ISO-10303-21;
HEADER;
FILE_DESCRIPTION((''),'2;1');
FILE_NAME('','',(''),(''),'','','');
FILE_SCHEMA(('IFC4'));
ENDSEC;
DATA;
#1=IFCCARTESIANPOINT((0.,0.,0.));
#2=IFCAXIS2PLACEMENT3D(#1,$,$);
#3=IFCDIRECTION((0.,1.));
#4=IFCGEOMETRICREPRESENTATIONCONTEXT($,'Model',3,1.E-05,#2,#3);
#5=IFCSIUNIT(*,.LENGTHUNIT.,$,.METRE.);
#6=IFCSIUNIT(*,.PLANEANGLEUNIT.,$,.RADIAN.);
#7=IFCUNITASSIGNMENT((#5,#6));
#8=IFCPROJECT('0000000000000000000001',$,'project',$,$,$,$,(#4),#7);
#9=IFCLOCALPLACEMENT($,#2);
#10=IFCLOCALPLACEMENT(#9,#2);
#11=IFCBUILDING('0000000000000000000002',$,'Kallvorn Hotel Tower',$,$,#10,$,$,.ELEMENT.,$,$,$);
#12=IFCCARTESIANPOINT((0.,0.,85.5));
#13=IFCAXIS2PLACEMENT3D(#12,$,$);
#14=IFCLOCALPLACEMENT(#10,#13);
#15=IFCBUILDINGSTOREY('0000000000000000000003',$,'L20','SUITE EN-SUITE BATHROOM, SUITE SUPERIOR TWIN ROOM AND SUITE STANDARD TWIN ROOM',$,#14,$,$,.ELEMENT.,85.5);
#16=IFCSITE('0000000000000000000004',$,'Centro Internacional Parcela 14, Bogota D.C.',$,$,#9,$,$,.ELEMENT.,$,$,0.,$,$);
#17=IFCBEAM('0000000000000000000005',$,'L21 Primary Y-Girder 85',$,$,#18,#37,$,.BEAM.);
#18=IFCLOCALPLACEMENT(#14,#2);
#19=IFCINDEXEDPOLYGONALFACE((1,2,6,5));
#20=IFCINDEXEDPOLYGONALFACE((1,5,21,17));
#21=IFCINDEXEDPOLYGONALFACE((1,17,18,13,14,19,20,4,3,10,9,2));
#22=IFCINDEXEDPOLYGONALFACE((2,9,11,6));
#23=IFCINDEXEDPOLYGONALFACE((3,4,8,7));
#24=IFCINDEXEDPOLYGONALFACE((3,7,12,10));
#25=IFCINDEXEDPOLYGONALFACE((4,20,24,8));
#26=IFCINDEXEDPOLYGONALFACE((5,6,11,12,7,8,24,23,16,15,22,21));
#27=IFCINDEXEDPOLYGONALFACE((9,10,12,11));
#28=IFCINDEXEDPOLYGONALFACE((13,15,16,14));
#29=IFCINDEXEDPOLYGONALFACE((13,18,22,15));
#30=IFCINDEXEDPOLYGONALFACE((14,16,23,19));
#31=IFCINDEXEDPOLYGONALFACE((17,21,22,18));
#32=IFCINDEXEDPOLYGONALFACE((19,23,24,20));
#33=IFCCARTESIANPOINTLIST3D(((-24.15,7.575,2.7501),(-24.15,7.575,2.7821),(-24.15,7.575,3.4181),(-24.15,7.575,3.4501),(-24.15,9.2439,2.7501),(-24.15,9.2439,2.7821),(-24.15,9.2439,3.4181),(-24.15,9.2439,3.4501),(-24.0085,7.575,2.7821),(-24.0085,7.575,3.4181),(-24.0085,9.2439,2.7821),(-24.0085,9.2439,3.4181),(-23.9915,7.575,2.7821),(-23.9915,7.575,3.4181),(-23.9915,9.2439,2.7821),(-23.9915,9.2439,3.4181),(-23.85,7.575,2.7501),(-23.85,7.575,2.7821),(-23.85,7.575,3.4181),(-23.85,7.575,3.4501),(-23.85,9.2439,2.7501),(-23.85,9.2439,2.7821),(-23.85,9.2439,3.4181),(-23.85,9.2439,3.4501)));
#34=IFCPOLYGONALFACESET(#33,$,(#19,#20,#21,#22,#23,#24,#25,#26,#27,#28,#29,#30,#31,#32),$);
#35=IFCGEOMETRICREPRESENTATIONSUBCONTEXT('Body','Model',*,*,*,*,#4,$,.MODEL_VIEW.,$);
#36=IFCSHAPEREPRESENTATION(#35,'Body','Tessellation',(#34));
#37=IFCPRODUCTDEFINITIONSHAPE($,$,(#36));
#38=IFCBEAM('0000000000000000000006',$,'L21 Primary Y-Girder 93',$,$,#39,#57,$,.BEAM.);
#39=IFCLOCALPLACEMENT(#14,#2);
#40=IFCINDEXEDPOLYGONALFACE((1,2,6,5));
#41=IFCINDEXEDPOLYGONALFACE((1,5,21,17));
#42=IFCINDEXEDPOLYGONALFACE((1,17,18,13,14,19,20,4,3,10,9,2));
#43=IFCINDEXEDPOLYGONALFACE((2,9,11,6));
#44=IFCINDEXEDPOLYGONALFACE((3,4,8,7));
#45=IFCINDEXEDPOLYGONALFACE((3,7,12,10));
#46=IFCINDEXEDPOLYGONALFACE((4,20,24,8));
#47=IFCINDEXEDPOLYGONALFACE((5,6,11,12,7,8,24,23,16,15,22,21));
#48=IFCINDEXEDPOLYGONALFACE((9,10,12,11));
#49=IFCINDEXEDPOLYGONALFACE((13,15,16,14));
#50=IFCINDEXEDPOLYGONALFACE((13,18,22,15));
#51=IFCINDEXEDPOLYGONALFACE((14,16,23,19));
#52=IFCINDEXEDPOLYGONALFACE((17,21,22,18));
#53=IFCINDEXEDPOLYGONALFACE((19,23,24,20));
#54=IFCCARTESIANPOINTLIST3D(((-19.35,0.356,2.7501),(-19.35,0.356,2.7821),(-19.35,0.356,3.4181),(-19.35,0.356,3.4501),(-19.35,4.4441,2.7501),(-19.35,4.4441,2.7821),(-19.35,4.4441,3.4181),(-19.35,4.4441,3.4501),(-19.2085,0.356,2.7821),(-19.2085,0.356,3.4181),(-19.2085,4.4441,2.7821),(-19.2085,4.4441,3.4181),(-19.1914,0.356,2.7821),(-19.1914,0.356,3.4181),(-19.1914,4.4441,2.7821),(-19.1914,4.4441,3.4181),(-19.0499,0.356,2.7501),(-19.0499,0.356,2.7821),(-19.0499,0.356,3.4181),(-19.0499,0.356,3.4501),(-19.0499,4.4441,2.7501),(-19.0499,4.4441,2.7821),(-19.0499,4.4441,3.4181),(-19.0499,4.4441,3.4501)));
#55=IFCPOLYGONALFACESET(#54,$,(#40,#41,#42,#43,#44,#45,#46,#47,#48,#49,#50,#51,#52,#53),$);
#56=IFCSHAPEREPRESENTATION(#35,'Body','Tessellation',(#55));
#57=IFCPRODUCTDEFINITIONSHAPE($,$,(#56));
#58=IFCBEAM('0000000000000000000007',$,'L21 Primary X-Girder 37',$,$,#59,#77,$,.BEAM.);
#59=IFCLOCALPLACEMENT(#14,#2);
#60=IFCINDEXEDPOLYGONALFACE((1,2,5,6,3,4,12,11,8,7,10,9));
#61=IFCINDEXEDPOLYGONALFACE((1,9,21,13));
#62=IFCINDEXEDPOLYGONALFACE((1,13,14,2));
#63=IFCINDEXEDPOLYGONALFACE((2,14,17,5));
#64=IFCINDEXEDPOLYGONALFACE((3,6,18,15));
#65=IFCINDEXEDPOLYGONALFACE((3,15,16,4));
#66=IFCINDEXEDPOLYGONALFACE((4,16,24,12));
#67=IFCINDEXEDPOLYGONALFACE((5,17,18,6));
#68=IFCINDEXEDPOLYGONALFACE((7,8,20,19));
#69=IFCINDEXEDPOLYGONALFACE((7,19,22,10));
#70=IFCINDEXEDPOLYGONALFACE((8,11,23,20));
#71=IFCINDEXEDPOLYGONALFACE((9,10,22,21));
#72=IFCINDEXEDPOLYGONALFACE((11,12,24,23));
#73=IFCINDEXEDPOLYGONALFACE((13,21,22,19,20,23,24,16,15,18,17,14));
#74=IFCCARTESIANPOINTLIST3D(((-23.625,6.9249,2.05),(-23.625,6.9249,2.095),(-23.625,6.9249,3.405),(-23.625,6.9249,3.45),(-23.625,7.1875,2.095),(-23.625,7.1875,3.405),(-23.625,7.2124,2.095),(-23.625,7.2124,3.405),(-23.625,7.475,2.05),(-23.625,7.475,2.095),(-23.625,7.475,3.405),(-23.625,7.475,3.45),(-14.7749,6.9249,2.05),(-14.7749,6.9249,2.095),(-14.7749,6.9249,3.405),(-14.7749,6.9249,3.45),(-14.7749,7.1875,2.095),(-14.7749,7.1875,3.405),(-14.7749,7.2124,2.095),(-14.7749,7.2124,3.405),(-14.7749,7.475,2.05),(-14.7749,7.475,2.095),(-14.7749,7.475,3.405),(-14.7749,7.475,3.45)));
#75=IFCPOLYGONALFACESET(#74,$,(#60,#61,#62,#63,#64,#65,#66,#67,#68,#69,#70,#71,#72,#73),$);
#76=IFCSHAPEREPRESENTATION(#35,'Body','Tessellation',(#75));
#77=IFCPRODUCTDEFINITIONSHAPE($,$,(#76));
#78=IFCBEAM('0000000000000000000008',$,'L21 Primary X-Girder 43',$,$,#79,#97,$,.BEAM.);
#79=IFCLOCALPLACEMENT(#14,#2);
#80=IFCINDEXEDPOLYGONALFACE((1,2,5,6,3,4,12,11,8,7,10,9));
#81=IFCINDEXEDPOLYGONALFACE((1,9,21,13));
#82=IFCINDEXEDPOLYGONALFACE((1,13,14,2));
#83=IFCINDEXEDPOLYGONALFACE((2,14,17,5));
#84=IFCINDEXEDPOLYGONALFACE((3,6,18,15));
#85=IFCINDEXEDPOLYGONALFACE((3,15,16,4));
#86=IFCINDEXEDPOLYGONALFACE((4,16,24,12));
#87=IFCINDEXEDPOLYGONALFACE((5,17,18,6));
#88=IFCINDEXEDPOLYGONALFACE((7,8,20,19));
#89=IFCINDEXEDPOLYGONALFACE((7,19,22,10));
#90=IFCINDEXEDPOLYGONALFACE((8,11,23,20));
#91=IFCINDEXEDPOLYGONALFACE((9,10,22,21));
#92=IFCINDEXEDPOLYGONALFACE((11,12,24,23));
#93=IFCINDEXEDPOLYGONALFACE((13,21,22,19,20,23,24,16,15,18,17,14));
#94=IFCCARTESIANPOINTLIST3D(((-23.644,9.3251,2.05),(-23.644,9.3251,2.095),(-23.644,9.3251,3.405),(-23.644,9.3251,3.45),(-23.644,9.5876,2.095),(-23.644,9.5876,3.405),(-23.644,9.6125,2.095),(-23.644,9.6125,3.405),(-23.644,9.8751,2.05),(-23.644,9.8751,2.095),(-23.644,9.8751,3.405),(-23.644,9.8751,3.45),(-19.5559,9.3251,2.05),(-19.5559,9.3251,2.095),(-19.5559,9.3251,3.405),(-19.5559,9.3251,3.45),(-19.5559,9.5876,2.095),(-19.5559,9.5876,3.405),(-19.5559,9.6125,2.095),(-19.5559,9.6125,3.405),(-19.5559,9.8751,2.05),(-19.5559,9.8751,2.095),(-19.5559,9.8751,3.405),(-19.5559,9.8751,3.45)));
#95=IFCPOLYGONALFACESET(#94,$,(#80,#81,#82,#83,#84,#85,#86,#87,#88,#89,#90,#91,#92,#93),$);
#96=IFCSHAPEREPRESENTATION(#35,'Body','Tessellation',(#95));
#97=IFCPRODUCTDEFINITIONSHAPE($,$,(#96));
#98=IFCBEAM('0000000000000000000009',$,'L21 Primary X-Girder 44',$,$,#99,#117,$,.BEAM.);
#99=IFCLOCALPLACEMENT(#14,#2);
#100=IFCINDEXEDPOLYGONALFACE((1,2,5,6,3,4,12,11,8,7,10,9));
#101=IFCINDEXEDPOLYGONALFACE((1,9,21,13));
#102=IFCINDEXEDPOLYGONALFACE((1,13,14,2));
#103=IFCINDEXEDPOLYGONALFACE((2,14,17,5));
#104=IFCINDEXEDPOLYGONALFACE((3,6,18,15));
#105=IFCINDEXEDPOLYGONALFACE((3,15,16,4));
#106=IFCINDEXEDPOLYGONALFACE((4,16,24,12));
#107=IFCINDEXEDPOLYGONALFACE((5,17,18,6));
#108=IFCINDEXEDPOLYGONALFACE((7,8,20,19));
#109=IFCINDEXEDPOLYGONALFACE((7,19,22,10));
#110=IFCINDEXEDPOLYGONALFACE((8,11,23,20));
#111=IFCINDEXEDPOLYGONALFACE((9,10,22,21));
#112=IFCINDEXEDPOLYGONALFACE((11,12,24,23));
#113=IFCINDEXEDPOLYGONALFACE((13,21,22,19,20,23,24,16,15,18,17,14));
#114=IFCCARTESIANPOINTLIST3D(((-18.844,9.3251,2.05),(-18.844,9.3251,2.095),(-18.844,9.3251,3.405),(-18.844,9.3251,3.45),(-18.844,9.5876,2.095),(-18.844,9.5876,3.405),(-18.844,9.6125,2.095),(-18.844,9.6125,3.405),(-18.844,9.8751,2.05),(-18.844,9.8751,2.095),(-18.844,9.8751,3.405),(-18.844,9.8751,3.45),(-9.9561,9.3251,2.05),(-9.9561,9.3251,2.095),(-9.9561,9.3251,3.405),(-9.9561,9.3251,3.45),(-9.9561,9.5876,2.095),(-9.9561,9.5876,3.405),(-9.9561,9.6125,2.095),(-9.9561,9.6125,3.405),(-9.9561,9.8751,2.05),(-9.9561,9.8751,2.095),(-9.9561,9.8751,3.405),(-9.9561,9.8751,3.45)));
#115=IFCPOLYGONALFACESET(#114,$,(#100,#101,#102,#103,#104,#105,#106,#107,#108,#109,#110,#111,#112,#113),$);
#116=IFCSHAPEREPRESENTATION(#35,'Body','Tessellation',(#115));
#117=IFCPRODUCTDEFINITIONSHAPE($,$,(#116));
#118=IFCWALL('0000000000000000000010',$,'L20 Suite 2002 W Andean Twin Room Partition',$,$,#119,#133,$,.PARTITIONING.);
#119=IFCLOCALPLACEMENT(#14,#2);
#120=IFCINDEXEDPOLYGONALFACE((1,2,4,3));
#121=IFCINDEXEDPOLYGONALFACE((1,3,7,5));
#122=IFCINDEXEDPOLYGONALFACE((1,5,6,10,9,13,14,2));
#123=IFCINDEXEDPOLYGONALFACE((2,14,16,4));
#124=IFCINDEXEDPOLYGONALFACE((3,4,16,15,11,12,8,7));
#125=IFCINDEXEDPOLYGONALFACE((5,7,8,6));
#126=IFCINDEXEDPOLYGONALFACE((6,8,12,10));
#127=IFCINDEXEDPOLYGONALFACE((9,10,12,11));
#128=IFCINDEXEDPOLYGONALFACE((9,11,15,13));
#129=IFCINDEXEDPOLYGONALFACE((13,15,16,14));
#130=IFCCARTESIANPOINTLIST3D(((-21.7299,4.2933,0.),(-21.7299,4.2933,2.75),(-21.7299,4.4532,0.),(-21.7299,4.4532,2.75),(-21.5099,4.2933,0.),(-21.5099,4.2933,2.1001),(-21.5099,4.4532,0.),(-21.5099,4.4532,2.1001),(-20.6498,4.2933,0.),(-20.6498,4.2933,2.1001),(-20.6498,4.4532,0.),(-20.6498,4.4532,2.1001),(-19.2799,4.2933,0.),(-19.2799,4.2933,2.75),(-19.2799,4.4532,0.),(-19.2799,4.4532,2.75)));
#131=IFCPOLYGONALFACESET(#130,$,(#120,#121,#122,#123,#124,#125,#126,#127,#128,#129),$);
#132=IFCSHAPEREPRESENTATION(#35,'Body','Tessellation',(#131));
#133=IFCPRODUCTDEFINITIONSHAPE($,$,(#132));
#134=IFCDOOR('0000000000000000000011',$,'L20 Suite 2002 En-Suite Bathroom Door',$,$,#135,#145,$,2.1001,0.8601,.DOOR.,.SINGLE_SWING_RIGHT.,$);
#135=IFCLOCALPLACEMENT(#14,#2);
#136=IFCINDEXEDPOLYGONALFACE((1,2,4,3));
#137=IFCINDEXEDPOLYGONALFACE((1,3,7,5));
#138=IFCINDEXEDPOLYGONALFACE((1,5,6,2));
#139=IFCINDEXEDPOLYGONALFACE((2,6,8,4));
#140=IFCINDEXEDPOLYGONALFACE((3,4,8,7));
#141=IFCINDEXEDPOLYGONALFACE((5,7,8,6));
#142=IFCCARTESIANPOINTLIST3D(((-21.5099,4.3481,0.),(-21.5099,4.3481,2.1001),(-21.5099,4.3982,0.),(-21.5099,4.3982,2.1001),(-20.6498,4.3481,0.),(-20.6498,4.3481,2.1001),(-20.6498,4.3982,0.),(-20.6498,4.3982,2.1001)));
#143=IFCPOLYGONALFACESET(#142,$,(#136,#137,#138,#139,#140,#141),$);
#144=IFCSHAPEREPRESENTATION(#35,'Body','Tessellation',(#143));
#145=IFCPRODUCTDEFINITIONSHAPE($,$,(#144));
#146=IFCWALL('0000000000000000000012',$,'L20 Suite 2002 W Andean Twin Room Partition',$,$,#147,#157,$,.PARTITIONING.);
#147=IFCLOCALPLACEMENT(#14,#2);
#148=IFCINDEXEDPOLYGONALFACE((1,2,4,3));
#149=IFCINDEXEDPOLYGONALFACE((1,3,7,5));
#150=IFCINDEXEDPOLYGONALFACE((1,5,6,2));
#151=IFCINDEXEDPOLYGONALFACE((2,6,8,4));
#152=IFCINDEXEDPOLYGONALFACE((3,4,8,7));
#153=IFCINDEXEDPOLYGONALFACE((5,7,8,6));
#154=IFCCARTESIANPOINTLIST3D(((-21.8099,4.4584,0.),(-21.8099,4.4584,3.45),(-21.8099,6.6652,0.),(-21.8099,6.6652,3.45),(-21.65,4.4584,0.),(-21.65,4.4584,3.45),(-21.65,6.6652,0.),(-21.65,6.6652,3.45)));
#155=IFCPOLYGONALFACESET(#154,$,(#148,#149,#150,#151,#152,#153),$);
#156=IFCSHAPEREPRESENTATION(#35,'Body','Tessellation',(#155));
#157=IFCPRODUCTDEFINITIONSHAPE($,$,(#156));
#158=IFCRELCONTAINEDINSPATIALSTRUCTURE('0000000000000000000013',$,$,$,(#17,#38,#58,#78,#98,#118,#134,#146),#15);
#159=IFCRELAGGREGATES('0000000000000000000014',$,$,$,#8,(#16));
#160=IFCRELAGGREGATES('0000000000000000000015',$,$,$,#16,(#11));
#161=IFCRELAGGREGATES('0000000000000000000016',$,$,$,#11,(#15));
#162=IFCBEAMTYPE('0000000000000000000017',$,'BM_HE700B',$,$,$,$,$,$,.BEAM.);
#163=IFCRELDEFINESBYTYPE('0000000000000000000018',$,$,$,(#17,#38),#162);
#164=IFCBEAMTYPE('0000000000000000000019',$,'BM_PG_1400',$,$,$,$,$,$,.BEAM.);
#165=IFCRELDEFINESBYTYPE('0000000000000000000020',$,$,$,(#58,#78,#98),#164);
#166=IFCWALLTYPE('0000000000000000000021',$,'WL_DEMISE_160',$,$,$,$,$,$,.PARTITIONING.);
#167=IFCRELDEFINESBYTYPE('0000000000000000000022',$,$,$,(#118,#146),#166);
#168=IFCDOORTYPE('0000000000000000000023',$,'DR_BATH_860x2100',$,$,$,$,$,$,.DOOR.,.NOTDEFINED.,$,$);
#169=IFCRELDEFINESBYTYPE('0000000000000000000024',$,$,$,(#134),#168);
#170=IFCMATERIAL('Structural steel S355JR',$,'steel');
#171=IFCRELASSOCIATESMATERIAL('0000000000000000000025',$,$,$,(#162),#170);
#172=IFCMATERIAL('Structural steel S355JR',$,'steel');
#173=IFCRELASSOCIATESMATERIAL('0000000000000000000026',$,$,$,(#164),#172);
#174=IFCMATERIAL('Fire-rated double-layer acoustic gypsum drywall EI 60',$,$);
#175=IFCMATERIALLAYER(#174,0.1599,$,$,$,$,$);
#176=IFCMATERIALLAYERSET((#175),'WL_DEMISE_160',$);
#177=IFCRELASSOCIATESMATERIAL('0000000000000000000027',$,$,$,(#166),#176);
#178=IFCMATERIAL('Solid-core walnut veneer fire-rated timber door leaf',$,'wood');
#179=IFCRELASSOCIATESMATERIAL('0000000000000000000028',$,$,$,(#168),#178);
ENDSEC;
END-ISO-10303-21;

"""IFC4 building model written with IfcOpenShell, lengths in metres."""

from ifc_helpers import new_model, si_unit, direction, frame, frame_2d, origin, origin_2d, place, context, subcontext, project, spatial, rectangle, i_section, extrude, material, layer, layer_set, material_profile, profile_set, type_object, element, fill, save


model = new_model("IFC4")

# Units and contexts
model_context = context("Model", 3, precision=1e-05, world=origin(), true_north=direction((0.0, 1.0)))
body_context = subcontext(model_context, "Body", "Model", "MODEL_VIEW")
ifc_project = project(units=[si_unit("LENGTHUNIT", "METRE"), si_unit("PLANEANGLEUNIT", "RADIAN")], contexts=[model_context])

# Site, building, storey
site_placement = place(None, origin())
site = spatial("IfcSite", under=ifc_project, at=site_placement, Name="Centro Internacional Parcela 14, Bogota D.C.", CompositionType="ELEMENT", RefElevation=0.0)
building_placement = place(site_placement, origin())
building = spatial("IfcBuilding", under=site, at=building_placement, Name="Kallvorn Hotel Tower", CompositionType="ELEMENT")
storey_placement = place(building_placement, frame((0.0, 0.0, 85.5)))
storey = spatial("IfcBuildingStorey", under=building, at=storey_placement, Name="L20", Description="SUITE EN-SUITE BATHROOM, SUITE SUPERIOR TWIN ROOM AND SUITE STANDARD TWIN ROOM", CompositionType="ELEMENT", Elevation=85.5)

# Beams
ifc_material_1 = material(Name="Structural steel S355JR", Category="steel")
ifc_material_profile_1 = material_profile(ifc_material_1, i_section(OverallWidth=0.3, OverallDepth=0.7, WebThickness=0.0171, FlangeThickness=0.032, at=origin_2d()), Name="HE 700 B")
ifc_profile_set_1 = profile_set([ifc_material_profile_1], Name="Structural steel S355JR")
beam_type_1 = type_object("IfcBeamType", Name="BM_HE700B", PredefinedType="BEAM", material=ifc_profile_set_1)
beam_1_placement = place(storey_placement, frame((-24.0, 7.575, 3.1001), z_axis=(0.0, 1.0, 0.0), x_axis=(-1.0, 0.0, 0.0)))
element("IfcBeam", 1, at=beam_1_placement, inside=storey, type_object=beam_type_1, Name="L21 Primary Y-Girder 85", PredefinedType="BEAM", context=body_context, shape_type="SweptSolid", body=[
    extrude(i_section(OverallWidth=0.3, OverallDepth=0.7, WebThickness=0.0171, FlangeThickness=0.032, at=origin_2d()), origin(), (0.0, 0.0, 1.0), 1.6689),
])
beam_2_placement = place(storey_placement, frame((-19.2, 0.356, 3.1001), z_axis=(0.0, 1.0, 0.0), x_axis=(-1.0, 0.0, 0.0)))
element("IfcBeam", 2, at=beam_2_placement, inside=storey, type_object=beam_type_1, Name="L21 Primary Y-Girder 93", PredefinedType="BEAM", context=body_context, shape_type="SweptSolid", body=[
    extrude(i_section(OverallWidth=0.3, OverallDepth=0.7, WebThickness=0.0171, FlangeThickness=0.032, at=origin_2d()), origin(), (0.0, 0.0, 1.0), 4.0881),
])
ifc_material_2 = material(Name="Structural steel S355JR", Category="steel")
ifc_material_profile_2 = material_profile(ifc_material_2, i_section(OverallWidth=0.55, OverallDepth=1.3999, WebThickness=0.0249, FlangeThickness=0.0449, at=origin_2d()), Name="PG 1400x550x25x45")
ifc_profile_set_2 = profile_set([ifc_material_profile_2], Name="Structural steel S355JR")
beam_type_2 = type_object("IfcBeamType", Name="BM_PG_1400", PredefinedType="BEAM", material=ifc_profile_set_2)
beam_3_placement = place(storey_placement, frame((-23.625, 7.2, 2.75), z_axis=(1.0, 0.0, 0.0), x_axis=(0.0, 1.0, 0.0)))
element("IfcBeam", 3, at=beam_3_placement, inside=storey, type_object=beam_type_2, Name="L21 Primary X-Girder 37", PredefinedType="BEAM", context=body_context, shape_type="SweptSolid", body=[
    extrude(i_section(OverallWidth=0.55, OverallDepth=1.3999, WebThickness=0.0249, FlangeThickness=0.0449, at=origin_2d()), origin(), (0.0, 0.0, 1.0), 8.8501),
])
beam_4_placement = place(storey_placement, frame((-23.644, 9.6001, 2.75), z_axis=(1.0, 0.0, 0.0), x_axis=(0.0, 1.0, 0.0)))
element("IfcBeam", 4, at=beam_4_placement, inside=storey, type_object=beam_type_2, Name="L21 Primary X-Girder 43", PredefinedType="BEAM", context=body_context, shape_type="SweptSolid", body=[
    extrude(i_section(OverallWidth=0.55, OverallDepth=1.3999, WebThickness=0.0249, FlangeThickness=0.0449, at=origin_2d()), origin(), (0.0, 0.0, 1.0), 4.0881),
])
beam_5_placement = place(storey_placement, frame((-18.844, 9.6001, 2.75), z_axis=(1.0, 0.0, 0.0), x_axis=(0.0, 1.0, 0.0)))
element("IfcBeam", 5, at=beam_5_placement, inside=storey, type_object=beam_type_2, Name="L21 Primary X-Girder 44", PredefinedType="BEAM", context=body_context, shape_type="SweptSolid", body=[
    extrude(i_section(OverallWidth=0.55, OverallDepth=1.3999, WebThickness=0.0249, FlangeThickness=0.0449, at=origin_2d()), origin(), (0.0, 0.0, 1.0), 8.8879),
])

# Wall, opening, door
ifc_material_3 = material(Name="Fire-rated double-layer acoustic gypsum drywall EI 60")
ifc_layer_1 = layer(ifc_material_3, 0.1599)
ifc_layer_set_1 = layer_set([ifc_layer_1], Name="WL_DEMISE_160")
wall_type_1 = type_object("IfcWallType", Name="WL_DEMISE_160", PredefinedType="PARTITIONING", material=ifc_layer_set_1)
wall_1_placement = place(storey_placement, frame((-21.73, 4.3733, 0.0), z_axis=(0.0, 0.0, 1.0), x_axis=(1.0, 0.0, 0.0)))
wall_1 = element("IfcWall", 6, at=wall_1_placement, inside=storey, type_object=wall_type_1, Name="L20 Suite 2002 W Andean Twin Room Partition", PredefinedType="PARTITIONING", context=body_context, shape_type="SweptSolid", body=[
    extrude(rectangle(XDim=2.45, YDim=0.1599, at=frame_2d((1.2251, 0.0))), origin(), (0.0, 0.0, 1.0), 2.75),
])
opening_1_placement = place(wall_1_placement, frame((0.22, 0.0, 0.0)))
opening_1 = element("IfcOpeningElement", 7, at=opening_1_placement, cuts=wall_1, PredefinedType="OPENING", context=body_context, shape_type="SweptSolid", body=[
    extrude(rectangle(XDim=0.8601, YDim=2.1001, at=frame_2d((0.4302, 1.05))), frame((0.0, 0.095, 0.0), z_axis=(0.0, -1.0, 0.0), x_axis=(1.0, 0.0, 0.0)), (0.0, 0.0, 1.0), 0.1899),
])
ifc_material_4 = material(Name="Solid-core walnut veneer fire-rated timber door leaf", Category="wood")
door_type_1 = type_object("IfcDoorType", Name="DR_BATH_860x2100", OperationType="NOTDEFINED", PredefinedType="DOOR", material=ifc_material_4)
door_1_placement = place(opening_1_placement, origin())
door_1 = element("IfcDoor", 8, at=door_1_placement, inside=storey, type_object=door_type_1, Name="L20 Suite 2002 En-Suite Bathroom Door", OperationType="SINGLE_SWING_RIGHT", OverallHeight=2.1001, OverallWidth=0.8601, PredefinedType="DOOR", context=body_context, shape_type="SweptSolid", body=[
    extrude(rectangle(XDim=0.8601, YDim=2.1001, at=frame_2d((0.4302, 1.05))), frame((0.0, 0.0249, 0.0), z_axis=(0.0, -1.0, 0.0), x_axis=(1.0, 0.0, 0.0)), (0.0, 0.0, 1.0), 0.05),
])
fill(opening_1, door_1)

# Wall
wall_2_placement = place(storey_placement, frame((-21.73, 4.4583, 0.0), z_axis=(0.0, 0.0, 1.0), x_axis=(0.0, 1.0, 0.0)))
element("IfcWall", 9, at=wall_2_placement, inside=storey, type_object=wall_type_1, Name="L20 Suite 2002 W Andean Twin Room Partition", PredefinedType="PARTITIONING", context=body_context, shape_type="SweptSolid", body=[
    extrude(rectangle(XDim=2.2068, YDim=0.1599, at=frame_2d((1.1035, 0.0))), origin(), (0.0, 0.0, 1.0), 3.45),
])

save(model, "model.ifc")
